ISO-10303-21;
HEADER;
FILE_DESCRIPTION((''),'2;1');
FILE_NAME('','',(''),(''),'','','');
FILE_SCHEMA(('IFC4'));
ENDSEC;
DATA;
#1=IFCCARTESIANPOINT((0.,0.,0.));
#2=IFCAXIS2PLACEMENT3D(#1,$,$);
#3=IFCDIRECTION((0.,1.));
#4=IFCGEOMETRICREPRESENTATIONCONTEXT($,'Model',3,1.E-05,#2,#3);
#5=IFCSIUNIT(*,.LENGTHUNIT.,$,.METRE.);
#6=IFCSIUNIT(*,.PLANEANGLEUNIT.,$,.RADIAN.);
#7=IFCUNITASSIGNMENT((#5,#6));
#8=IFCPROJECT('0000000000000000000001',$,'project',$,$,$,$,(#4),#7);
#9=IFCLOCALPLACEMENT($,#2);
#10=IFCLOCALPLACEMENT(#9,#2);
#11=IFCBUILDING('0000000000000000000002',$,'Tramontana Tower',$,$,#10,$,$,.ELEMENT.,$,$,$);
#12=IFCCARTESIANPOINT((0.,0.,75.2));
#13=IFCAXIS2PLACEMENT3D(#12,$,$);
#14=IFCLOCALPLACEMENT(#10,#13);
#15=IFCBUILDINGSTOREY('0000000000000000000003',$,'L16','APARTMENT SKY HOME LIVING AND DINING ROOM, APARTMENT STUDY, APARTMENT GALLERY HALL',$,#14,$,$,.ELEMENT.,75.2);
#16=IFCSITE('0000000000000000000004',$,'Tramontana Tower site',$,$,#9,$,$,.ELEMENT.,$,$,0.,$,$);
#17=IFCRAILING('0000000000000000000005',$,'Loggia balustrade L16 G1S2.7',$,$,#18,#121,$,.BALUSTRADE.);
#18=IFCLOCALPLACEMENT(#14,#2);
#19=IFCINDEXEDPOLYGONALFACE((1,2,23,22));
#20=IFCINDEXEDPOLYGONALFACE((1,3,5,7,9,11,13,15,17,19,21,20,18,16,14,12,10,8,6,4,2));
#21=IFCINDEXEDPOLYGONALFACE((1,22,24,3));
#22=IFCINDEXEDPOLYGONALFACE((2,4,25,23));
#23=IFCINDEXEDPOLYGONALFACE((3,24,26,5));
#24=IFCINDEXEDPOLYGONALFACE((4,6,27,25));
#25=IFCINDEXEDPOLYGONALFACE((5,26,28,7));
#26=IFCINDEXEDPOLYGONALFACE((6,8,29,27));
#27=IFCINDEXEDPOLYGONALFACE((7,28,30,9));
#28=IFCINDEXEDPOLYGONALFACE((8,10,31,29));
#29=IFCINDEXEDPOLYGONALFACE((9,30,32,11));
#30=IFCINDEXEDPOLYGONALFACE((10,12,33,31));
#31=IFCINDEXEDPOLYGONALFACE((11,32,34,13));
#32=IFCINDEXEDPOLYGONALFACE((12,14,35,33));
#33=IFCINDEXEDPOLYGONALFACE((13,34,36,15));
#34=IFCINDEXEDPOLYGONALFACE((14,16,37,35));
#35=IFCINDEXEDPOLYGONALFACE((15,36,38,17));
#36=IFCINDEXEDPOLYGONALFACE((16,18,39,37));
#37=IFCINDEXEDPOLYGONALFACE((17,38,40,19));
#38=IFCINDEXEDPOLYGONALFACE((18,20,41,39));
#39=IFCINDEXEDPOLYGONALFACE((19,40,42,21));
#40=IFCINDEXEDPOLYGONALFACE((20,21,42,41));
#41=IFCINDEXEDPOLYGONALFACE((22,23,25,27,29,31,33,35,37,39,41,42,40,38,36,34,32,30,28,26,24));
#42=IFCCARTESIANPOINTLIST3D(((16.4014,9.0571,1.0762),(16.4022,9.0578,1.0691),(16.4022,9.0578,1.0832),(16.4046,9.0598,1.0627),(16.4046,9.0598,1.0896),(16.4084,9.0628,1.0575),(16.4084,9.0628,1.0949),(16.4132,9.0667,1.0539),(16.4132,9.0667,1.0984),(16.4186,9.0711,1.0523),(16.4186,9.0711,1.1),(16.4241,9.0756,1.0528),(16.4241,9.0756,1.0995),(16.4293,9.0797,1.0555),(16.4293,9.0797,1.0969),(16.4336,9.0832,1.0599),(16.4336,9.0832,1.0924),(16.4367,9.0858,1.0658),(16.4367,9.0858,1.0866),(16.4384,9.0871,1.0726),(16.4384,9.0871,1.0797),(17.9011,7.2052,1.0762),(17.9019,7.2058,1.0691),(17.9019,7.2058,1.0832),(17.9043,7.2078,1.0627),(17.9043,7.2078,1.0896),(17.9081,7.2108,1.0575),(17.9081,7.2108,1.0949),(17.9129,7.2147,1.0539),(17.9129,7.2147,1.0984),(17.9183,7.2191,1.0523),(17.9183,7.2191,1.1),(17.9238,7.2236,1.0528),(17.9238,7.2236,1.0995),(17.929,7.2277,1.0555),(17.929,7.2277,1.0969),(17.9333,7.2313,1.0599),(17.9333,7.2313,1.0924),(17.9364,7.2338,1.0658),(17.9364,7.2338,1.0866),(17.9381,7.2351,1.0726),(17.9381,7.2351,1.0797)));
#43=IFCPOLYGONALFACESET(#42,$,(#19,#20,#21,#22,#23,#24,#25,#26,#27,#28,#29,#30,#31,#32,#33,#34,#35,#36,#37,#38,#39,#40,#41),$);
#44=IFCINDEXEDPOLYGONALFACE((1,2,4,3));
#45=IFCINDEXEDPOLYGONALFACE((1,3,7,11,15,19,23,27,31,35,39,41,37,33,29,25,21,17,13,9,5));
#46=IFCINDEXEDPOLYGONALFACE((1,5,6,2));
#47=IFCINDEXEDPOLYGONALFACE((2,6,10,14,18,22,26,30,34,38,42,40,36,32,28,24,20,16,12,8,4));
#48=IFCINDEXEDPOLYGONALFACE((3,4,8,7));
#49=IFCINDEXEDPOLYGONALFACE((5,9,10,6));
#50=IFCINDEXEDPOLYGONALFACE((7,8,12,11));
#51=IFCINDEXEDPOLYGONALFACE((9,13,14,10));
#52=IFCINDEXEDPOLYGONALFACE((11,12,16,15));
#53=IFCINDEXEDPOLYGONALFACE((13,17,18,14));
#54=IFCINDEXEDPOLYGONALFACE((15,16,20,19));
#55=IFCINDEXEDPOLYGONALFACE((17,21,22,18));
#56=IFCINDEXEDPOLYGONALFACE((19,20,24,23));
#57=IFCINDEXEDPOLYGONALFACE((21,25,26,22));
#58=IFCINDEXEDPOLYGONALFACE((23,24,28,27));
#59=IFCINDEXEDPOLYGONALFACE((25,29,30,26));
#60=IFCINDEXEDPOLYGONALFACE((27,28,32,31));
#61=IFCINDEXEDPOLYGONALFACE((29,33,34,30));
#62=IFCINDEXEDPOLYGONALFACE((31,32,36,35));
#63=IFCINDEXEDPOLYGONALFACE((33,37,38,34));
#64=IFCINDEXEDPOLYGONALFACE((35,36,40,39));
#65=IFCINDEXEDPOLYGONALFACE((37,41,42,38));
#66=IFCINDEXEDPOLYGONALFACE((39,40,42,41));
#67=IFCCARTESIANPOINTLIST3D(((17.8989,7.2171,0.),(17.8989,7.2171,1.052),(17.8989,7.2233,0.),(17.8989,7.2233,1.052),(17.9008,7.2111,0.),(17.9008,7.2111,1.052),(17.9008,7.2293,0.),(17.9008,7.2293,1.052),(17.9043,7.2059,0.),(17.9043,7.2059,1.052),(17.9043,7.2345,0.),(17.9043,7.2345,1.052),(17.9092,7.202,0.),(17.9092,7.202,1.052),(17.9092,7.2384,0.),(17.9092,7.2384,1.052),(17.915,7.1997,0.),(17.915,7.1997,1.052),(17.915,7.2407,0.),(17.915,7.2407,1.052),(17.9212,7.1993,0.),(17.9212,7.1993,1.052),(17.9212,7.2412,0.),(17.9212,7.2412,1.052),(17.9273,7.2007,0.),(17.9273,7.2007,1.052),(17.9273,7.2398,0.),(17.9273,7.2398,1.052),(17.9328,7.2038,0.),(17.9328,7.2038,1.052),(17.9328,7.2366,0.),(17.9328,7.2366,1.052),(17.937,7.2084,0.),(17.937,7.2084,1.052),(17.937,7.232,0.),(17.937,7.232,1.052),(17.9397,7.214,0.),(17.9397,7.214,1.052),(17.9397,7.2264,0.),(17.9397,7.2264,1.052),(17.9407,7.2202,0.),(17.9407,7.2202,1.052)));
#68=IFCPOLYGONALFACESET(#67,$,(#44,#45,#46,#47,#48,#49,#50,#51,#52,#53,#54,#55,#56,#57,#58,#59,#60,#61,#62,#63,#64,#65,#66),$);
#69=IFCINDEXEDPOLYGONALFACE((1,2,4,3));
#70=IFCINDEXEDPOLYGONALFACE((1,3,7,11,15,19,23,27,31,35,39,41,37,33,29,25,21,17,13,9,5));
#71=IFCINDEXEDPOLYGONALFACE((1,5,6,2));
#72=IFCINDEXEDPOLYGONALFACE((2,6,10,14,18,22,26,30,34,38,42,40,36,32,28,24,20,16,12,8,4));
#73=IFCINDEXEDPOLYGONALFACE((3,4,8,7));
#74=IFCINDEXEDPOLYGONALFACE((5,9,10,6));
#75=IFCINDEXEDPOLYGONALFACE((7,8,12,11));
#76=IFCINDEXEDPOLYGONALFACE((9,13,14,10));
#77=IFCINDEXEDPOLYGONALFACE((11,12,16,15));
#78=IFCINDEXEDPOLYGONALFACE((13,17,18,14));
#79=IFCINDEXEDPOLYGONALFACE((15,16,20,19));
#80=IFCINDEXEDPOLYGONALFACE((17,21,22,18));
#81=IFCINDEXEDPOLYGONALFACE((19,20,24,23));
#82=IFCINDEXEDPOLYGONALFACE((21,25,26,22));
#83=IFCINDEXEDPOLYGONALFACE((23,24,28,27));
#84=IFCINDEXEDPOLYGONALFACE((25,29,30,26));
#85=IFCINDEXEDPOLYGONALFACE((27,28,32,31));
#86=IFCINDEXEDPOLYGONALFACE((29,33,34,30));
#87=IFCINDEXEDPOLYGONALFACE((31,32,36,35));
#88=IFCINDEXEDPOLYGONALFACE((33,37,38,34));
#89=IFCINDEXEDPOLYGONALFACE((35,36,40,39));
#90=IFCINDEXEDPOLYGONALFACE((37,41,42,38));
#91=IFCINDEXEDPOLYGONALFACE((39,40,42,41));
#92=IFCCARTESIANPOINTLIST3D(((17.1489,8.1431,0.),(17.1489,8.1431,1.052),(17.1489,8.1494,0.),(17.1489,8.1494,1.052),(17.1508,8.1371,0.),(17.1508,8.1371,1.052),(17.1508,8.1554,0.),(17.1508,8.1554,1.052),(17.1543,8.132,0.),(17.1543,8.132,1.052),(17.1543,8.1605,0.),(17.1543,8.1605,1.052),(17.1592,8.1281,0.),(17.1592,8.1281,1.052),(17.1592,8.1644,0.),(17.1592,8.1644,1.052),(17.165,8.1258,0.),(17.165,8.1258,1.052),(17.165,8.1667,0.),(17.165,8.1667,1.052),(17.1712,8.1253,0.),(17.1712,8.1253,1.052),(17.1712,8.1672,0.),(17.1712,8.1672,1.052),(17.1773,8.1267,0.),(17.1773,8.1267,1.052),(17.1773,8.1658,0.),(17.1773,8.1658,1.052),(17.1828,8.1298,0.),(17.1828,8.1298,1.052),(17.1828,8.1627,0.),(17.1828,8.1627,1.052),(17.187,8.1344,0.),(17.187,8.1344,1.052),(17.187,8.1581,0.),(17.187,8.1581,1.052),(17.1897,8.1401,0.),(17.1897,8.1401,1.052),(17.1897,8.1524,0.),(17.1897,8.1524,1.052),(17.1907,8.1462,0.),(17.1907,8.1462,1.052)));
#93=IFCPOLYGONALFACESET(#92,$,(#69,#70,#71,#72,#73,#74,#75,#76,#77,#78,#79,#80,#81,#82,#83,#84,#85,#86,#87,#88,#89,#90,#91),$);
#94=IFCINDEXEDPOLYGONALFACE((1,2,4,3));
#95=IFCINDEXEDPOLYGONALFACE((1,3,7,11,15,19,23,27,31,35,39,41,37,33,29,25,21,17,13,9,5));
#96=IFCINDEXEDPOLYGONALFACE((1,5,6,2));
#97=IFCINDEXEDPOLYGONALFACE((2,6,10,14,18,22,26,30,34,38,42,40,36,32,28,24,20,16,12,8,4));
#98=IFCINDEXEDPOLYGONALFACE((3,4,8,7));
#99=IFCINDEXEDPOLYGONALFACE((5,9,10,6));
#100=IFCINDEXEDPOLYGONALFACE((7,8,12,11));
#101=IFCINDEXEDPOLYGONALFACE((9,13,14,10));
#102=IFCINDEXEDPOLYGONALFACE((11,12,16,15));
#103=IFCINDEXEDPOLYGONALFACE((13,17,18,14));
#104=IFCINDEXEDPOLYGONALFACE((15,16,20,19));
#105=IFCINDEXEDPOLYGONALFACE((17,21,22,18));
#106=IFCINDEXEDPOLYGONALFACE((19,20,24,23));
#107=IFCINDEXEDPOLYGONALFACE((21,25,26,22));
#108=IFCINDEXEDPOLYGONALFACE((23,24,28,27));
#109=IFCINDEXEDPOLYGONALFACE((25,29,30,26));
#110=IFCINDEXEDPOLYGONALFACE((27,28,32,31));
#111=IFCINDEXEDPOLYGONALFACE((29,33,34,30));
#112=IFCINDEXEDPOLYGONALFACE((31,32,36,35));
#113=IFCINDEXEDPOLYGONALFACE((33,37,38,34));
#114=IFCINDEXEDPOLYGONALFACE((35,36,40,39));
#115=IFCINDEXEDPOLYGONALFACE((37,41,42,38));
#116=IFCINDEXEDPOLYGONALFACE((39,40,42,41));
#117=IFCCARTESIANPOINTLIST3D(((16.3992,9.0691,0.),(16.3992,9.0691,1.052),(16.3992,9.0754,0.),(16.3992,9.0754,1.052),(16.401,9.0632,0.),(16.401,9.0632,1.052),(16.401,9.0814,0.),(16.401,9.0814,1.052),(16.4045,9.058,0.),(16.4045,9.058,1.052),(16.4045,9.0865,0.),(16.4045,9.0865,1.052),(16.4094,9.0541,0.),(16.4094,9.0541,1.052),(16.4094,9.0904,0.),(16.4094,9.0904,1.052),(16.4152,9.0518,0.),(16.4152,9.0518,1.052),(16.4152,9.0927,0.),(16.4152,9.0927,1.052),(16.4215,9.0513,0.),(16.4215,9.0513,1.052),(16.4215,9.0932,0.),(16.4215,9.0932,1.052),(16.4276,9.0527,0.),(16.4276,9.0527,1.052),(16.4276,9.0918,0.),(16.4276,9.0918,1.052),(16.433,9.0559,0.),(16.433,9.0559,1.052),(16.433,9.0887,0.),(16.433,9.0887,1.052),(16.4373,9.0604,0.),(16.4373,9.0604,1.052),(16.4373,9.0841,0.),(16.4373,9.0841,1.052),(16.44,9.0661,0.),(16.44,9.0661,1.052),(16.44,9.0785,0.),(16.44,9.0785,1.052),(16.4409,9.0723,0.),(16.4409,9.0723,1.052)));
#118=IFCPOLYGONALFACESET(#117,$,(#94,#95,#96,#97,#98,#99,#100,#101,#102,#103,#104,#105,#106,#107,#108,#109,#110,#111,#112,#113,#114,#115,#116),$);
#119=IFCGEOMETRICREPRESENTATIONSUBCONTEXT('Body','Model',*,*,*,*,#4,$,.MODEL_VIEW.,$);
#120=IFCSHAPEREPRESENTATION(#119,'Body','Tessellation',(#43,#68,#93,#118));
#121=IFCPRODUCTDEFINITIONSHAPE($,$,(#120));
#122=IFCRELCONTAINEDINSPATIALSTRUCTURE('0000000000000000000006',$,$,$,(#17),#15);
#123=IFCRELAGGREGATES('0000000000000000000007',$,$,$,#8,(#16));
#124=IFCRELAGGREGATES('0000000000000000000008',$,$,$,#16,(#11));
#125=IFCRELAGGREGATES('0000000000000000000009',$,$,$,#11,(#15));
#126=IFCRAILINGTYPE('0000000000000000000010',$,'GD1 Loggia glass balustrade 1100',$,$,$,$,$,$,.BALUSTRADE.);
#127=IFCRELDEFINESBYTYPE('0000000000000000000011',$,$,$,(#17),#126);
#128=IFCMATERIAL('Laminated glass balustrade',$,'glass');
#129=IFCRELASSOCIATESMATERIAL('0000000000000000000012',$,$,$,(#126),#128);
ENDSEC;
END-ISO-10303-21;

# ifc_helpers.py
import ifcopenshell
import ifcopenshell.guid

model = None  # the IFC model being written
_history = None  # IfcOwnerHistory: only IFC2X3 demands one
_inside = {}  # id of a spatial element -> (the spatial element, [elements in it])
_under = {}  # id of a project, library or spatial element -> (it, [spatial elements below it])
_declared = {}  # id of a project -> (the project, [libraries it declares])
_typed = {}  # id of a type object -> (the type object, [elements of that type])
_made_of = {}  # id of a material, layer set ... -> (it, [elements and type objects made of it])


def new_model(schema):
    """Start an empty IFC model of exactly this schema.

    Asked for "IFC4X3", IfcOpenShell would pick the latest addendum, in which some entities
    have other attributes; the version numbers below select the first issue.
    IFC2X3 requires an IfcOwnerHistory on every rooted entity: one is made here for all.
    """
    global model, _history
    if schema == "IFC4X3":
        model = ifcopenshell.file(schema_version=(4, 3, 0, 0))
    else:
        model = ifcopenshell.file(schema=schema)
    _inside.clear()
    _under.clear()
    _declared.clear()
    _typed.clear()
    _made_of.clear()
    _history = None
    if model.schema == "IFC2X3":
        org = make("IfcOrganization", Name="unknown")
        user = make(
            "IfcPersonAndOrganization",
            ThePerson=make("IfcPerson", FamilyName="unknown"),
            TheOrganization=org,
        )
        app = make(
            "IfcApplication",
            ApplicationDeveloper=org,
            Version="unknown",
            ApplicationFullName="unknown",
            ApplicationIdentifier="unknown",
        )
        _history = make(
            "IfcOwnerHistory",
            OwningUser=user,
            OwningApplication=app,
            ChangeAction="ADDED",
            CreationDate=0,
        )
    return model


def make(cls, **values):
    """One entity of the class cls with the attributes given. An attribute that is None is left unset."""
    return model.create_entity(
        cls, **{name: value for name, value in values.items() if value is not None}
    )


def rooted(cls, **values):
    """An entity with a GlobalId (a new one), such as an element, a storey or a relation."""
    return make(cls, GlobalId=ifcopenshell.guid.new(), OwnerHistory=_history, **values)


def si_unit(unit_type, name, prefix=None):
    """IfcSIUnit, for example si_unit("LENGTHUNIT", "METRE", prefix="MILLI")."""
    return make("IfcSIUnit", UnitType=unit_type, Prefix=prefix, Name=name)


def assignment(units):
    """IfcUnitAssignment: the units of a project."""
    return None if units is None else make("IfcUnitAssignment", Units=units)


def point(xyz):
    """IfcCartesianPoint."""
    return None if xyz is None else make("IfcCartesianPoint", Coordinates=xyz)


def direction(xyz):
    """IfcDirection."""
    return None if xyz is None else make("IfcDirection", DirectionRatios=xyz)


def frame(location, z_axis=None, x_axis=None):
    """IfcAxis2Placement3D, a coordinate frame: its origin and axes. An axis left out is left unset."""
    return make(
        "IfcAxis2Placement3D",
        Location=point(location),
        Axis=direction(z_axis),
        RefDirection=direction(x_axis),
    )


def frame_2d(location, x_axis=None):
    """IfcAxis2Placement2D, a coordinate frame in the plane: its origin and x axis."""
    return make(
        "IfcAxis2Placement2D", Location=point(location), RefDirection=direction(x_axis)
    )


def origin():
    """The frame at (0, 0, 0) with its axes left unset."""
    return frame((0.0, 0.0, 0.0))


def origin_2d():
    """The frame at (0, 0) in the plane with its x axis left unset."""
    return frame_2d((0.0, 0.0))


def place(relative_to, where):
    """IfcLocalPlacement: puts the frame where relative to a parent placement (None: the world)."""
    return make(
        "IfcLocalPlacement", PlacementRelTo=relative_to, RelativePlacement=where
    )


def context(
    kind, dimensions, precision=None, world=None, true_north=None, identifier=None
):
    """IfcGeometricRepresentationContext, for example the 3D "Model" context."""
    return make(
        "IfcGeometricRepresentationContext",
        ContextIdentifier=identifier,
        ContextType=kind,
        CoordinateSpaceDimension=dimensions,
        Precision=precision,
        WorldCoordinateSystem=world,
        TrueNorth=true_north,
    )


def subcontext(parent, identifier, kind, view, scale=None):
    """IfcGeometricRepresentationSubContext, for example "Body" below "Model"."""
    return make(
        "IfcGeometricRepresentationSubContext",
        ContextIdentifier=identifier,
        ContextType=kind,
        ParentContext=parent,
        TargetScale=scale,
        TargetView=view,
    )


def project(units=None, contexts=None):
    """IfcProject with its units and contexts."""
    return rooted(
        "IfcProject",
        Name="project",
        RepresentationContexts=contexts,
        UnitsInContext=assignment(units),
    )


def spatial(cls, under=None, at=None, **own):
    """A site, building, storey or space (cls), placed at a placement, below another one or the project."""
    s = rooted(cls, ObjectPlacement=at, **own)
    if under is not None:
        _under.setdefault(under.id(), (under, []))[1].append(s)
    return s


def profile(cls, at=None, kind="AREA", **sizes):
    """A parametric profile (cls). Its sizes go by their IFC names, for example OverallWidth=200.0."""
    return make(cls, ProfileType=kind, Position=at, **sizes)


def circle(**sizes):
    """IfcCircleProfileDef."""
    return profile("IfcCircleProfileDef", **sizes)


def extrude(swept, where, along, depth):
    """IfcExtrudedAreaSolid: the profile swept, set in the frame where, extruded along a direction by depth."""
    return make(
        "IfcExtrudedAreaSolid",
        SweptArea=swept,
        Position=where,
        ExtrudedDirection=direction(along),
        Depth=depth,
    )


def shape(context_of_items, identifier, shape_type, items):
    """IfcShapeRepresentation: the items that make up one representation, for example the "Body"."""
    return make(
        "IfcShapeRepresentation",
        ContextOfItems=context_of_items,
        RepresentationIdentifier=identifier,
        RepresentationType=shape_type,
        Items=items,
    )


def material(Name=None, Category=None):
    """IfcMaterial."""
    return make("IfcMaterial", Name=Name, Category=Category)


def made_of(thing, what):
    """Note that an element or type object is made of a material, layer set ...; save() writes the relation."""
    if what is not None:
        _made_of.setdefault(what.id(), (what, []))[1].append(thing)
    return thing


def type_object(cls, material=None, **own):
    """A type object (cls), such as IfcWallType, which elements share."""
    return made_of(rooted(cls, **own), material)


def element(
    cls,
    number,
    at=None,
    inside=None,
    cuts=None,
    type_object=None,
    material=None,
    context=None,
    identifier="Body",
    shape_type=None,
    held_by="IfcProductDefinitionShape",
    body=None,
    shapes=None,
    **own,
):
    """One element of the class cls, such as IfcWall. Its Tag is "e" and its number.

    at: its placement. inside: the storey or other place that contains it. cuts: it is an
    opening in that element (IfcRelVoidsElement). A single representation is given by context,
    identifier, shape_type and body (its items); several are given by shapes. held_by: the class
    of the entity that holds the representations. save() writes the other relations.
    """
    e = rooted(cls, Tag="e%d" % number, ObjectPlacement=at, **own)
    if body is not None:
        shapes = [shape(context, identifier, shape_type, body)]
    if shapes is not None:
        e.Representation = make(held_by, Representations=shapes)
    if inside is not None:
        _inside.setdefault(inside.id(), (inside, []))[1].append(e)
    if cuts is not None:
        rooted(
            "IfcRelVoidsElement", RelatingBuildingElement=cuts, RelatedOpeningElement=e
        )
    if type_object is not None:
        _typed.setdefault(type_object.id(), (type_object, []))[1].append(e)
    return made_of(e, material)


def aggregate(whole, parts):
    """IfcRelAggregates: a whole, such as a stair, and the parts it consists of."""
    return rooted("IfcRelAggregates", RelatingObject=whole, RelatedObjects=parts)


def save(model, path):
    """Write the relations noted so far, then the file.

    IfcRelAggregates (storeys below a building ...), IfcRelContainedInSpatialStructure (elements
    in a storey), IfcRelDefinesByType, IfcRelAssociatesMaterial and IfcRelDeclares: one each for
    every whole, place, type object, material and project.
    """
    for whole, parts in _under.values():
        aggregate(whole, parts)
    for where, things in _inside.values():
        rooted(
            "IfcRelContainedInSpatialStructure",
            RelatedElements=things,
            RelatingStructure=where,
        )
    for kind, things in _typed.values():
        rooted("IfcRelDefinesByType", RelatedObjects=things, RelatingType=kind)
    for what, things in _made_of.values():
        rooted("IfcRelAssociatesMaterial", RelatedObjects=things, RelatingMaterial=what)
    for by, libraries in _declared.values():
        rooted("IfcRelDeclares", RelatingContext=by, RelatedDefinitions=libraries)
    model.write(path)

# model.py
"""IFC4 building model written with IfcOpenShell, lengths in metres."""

from ifc_helpers import new_model, si_unit, direction, frame, origin, origin_2d, place, context, subcontext, project, spatial, circle, extrude, material, type_object, element, save


model = new_model("IFC4")

# Units and contexts
model_context = context("Model", 3, precision=1e-05, world=origin(), true_north=direction((0.0, 1.0)))
body_context = subcontext(model_context, "Body", "Model", "MODEL_VIEW")
ifc_project = project(units=[si_unit("LENGTHUNIT", "METRE"), si_unit("PLANEANGLEUNIT", "RADIAN")], contexts=[model_context])

# Site, building, storey
site_placement = place(None, origin())
site = spatial("IfcSite", under=ifc_project, at=site_placement, Name="Tramontana Tower site", CompositionType="ELEMENT", RefElevation=0.0)
building_placement = place(site_placement, origin())
building = spatial("IfcBuilding", under=site, at=building_placement, Name="Tramontana Tower", CompositionType="ELEMENT")
storey_placement = place(building_placement, frame((0.0, 0.0, 75.2)))
storey = spatial("IfcBuildingStorey", under=building, at=storey_placement, Name="L16", Description="APARTMENT SKY HOME LIVING AND DINING ROOM, APARTMENT STUDY, APARTMENT GALLERY HALL", CompositionType="ELEMENT", Elevation=75.2)

# Railing
ifc_material_1 = material(Name="Laminated glass balustrade", Category="glass")
railing_type_1 = type_object("IfcRailingType", Name="GD1 Loggia glass balustrade 1100", PredefinedType="BALUSTRADE", material=ifc_material_1)
railing_1_placement = place(storey_placement, frame((17.9197, 7.2202, 0.0)))
element("IfcRailing", 1, at=railing_1_placement, inside=storey, type_object=railing_type_1, Name="Loggia balustrade L16 G1S2.7", PredefinedType="BALUSTRADE", context=body_context, shape_type="SweptSolid", body=[
    extrude(circle(Radius=0.0239, at=origin_2d()), frame((0.0, 0.0, 1.0762), z_axis=(-0.629319, 0.777147, 0.0), x_axis=(-0.777147, -0.629319, 0.0)), (0.0, 0.0, 1.0), 2.3831),
    extrude(circle(Radius=0.021, at=origin_2d()), origin(), (0.0, 0.0, 1.0), 1.052),
    extrude(circle(Radius=0.021, at=origin_2d()), frame((-0.75, 0.926, 0.0)), (0.0, 0.0, 1.0), 1.052),
    extrude(circle(Radius=0.021, at=origin_2d()), frame((-1.4998, 1.8521, 0.0)), (0.0, 0.0, 1.0), 1.052),
])

save(model, "model.ifc")
